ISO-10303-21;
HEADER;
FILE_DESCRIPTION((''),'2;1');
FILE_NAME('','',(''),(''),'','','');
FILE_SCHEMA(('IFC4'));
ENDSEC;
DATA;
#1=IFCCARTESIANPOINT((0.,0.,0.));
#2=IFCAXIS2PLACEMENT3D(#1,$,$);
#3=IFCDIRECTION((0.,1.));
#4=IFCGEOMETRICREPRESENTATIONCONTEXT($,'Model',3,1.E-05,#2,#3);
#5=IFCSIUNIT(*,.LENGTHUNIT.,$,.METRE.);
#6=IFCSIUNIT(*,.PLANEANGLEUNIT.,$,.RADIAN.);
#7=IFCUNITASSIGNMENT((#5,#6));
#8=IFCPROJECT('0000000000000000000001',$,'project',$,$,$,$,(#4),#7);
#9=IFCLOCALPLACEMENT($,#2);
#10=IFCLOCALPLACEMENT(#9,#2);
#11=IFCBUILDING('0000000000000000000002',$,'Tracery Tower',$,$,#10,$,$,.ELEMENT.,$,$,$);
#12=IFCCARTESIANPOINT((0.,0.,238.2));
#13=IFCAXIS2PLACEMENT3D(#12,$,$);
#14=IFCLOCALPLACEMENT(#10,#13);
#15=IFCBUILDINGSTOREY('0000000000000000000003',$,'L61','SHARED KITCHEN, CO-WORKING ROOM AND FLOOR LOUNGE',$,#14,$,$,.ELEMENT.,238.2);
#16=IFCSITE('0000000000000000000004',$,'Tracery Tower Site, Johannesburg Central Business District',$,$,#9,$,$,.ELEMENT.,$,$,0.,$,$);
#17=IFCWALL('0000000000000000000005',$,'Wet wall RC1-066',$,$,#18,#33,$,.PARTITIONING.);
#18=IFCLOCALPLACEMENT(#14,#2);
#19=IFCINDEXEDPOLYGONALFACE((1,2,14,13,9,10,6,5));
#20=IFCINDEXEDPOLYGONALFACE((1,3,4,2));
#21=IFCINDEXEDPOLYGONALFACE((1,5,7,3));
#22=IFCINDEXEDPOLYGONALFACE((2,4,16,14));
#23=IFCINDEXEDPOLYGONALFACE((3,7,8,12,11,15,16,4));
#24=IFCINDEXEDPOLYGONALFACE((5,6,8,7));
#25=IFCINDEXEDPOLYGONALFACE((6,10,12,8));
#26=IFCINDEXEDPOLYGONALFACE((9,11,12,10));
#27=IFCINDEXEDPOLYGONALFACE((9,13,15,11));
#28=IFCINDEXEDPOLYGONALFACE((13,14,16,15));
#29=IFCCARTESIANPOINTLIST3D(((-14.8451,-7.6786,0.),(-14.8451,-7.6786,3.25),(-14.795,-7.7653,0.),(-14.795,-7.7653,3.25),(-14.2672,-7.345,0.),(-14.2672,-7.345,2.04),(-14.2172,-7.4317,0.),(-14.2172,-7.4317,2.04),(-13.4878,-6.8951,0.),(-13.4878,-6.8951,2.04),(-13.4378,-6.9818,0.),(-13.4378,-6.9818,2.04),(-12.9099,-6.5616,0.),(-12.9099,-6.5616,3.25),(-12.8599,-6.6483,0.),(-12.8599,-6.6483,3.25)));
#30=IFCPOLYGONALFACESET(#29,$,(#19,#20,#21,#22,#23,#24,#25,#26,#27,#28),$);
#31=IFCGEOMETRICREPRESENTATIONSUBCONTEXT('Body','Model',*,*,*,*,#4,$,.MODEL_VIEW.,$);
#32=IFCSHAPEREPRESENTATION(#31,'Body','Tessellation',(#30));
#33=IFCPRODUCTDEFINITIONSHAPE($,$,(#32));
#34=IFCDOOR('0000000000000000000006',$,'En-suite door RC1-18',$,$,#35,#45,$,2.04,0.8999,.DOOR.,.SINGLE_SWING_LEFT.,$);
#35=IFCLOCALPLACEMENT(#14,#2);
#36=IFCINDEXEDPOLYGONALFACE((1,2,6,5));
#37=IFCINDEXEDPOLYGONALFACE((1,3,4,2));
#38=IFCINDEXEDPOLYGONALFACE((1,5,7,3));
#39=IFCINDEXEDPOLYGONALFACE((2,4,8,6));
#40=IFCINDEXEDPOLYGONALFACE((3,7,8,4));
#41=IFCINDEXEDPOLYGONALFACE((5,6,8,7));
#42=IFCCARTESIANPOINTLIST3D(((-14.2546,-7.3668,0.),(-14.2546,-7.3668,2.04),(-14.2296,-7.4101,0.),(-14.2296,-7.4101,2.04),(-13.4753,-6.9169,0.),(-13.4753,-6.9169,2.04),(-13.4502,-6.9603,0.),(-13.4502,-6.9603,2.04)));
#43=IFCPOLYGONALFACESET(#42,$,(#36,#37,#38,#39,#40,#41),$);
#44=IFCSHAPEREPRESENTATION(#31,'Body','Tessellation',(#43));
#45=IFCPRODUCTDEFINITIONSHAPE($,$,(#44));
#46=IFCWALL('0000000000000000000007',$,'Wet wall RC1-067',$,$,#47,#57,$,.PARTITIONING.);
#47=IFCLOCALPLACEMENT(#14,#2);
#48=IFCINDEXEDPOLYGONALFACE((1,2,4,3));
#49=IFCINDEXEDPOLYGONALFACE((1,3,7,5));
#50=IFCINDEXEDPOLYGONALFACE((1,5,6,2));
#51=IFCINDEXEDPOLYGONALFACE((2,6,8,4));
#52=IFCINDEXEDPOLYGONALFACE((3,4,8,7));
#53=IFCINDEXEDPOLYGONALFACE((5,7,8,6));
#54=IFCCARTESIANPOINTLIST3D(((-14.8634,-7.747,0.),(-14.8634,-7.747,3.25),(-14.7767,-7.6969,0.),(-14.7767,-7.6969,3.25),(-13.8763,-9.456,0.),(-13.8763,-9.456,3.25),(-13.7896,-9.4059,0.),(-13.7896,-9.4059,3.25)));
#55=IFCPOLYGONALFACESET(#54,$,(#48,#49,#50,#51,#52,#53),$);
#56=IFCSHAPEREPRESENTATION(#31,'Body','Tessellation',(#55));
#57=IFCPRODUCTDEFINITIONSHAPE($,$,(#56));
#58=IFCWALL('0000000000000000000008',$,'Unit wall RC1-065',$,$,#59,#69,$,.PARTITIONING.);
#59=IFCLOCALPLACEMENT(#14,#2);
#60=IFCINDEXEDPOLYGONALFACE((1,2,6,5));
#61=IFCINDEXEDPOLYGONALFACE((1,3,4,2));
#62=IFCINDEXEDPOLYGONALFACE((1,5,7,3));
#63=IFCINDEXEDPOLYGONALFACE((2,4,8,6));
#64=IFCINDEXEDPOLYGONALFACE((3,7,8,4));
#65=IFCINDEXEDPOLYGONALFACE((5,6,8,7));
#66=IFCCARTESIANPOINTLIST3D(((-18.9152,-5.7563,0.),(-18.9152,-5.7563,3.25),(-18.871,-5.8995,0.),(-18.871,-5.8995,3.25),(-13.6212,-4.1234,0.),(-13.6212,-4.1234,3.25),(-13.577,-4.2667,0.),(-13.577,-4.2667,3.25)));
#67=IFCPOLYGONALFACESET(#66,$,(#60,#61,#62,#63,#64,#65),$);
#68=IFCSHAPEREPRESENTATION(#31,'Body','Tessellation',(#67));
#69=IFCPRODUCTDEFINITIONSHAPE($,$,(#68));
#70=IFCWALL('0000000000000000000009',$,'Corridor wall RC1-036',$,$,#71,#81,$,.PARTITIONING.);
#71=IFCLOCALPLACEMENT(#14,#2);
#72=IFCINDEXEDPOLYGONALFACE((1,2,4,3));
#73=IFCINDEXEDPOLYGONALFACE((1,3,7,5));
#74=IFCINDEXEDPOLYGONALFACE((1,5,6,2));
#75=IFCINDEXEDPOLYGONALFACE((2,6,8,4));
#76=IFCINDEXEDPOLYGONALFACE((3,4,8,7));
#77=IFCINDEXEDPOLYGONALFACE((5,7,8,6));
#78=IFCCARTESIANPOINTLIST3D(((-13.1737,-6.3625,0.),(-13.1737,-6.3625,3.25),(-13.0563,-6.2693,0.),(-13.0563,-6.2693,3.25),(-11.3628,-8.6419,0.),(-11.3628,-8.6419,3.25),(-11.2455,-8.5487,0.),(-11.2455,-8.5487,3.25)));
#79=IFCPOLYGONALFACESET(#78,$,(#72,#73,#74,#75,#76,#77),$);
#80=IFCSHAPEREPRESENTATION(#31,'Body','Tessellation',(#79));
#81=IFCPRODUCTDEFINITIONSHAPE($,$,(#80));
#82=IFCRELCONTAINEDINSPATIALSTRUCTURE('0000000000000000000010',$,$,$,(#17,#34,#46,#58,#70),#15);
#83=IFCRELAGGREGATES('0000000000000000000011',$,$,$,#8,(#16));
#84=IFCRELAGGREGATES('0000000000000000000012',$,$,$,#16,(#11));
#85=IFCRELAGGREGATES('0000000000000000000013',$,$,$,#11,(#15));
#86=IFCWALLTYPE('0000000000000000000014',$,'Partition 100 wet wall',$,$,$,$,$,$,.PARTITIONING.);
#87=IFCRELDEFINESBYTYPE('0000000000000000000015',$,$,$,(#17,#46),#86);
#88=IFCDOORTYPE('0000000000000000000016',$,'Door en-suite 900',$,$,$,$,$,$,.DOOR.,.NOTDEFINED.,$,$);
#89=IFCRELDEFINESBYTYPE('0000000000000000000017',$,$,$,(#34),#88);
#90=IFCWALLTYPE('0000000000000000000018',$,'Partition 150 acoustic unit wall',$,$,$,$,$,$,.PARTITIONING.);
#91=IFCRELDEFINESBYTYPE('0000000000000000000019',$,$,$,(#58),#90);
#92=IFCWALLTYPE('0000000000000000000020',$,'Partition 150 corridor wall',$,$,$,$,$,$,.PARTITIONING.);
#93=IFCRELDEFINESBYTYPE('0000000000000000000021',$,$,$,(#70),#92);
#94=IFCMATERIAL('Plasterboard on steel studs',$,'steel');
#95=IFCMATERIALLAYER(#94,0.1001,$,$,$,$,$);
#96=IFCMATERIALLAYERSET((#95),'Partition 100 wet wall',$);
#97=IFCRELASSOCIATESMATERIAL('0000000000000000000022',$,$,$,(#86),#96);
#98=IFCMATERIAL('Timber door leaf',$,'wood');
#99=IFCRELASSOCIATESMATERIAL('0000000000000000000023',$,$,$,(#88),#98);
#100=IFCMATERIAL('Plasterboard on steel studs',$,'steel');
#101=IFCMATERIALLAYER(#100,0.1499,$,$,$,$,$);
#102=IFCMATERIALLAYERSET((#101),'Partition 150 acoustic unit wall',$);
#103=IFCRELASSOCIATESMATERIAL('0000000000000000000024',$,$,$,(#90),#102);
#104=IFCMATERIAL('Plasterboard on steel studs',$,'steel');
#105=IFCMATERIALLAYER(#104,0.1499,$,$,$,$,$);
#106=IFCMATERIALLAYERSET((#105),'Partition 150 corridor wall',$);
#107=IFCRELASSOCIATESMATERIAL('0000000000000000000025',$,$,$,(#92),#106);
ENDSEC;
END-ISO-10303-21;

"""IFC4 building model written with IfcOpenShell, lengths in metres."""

from ifc_helpers import new_model, si_unit, direction, frame, frame_2d, origin, place, context, subcontext, project, spatial, rectangle, extrude, material, layer, layer_set, type_object, element, fill, save


model = new_model("IFC4")

# Units and contexts
model_context = context("Model", 3, precision=1e-05, world=origin(), true_north=direction((0.0, 1.0)))
body_context = subcontext(model_context, "Body", "Model", "MODEL_VIEW")
ifc_project = project(units=[si_unit("LENGTHUNIT", "METRE"), si_unit("PLANEANGLEUNIT", "RADIAN")], contexts=[model_context])

# Site, building, storey
site_placement = place(None, origin())
site = spatial("IfcSite", under=ifc_project, at=site_placement, Name="Tracery Tower Site, Johannesburg Central Business District", CompositionType="ELEMENT", RefElevation=0.0)
building_placement = place(site_placement, origin())
building = spatial("IfcBuilding", under=site, at=building_placement, Name="Tracery Tower", CompositionType="ELEMENT")
storey_placement = place(building_placement, frame((0.0, 0.0, 238.2)))
storey = spatial("IfcBuildingStorey", under=building, at=storey_placement, Name="L61", Description="SHARED KITCHEN, CO-WORKING ROOM AND FLOOR LOUNGE", CompositionType="ELEMENT", Elevation=238.2)

# Wall, opening, door
ifc_material_1 = material(Name="Plasterboard on steel studs", Category="steel")
ifc_layer_1 = layer(ifc_material_1, 0.1001)
ifc_layer_set_1 = layer_set([ifc_layer_1], Name="Partition 100 wet wall")
wall_type_1 = type_object("IfcWallType", Name="Partition 100 wet wall", PredefinedType="PARTITIONING", material=ifc_layer_set_1)
ifc_material_2 = material(Name="Timber door leaf", Category="wood")
door_type = type_object("IfcDoorType", Name="Door en-suite 900", OperationType="NOTDEFINED", PredefinedType="DOOR", material=ifc_material_2)
wall_1_placement = place(storey_placement, frame((-14.8201, -7.7219, 0.0), z_axis=(0.0, 0.0, 1.0), x_axis=(0.866076, 0.499912, 0.0)))
wall_1 = element("IfcWall", 1, at=wall_1_placement, inside=storey, type_object=wall_type_1, Name="Wet wall RC1-066", PredefinedType="PARTITIONING", context=body_context, shape_type="SweptSolid", body=[
    extrude(rectangle(XDim=2.2344, YDim=0.1001, at=frame_2d((1.1172, 0.0))), origin(), (0.0, 0.0, 1.0), 3.25),
])
opening_1_placement = place(wall_1_placement, frame((0.6672, 0.0, 0.0)))
opening_1 = element("IfcOpeningElement", 2, at=opening_1_placement, cuts=wall_1, PredefinedType="OPENING", context=body_context, shape_type="SweptSolid", body=[
    extrude(rectangle(XDim=0.8999, YDim=2.04, at=frame_2d((0.45, 1.02))), frame((0.0, 0.05, 0.0), z_axis=(0.0, -1.0, 0.0), x_axis=(1.0, 0.0, 0.0)), (0.0, 0.0, 1.0), 0.1001),
])
door_1_placement = place(opening_1_placement, origin())
door_1 = element("IfcDoor", 3, at=door_1_placement, inside=storey, type_object=door_type, Name="En-suite door RC1-18", OperationType="SINGLE_SWING_LEFT", OverallHeight=2.04, OverallWidth=0.8999, PredefinedType="DOOR", context=body_context, shape_type="SweptSolid", body=[
    extrude(rectangle(XDim=0.8999, YDim=2.04, at=frame_2d((0.45, 1.02))), frame((0.0, 0.0249, 0.0), z_axis=(0.0, -1.0, 0.0), x_axis=(1.0, 0.0, 0.0)), (0.0, 0.0, 1.0), 0.05),
])
fill(opening_1, door_1)

# Walls
wall_2_placement = place(storey_placement, frame((-14.8201, -7.7219, 0.0), z_axis=(0.0, 0.0, 1.0), x_axis=(0.500144, -0.865942, 0.0)))
element("IfcWall", 4, at=wall_2_placement, inside=storey, type_object=wall_type_1, Name="Wet wall RC1-067", PredefinedType="PARTITIONING", context=body_context, shape_type="SweptSolid", body=[
    extrude(rectangle(XDim=1.9736, YDim=0.1001, at=frame_2d((0.9868, 0.0))), origin(), (0.0, 0.0, 1.0), 3.25),
])
ifc_material_3 = material(Name="Plasterboard on steel studs", Category="steel")
ifc_layer_2 = layer(ifc_material_3, 0.1499)
ifc_layer_set_2 = layer_set([ifc_layer_2], Name="Partition 150 acoustic unit wall")
wall_type_2 = type_object("IfcWallType", Name="Partition 150 acoustic unit wall", PredefinedType="PARTITIONING", material=ifc_layer_set_2)
wall_3_placement = place(storey_placement, frame((-18.8931, -5.8279, 0.0), z_axis=(0.0, 0.0, 1.0), x_axis=(0.955581, 0.29473, 0.0)))
element("IfcWall", 5, at=wall_3_placement, inside=storey, type_object=wall_type_2, Name="Unit wall RC1-065", PredefinedType="PARTITIONING", context=body_context, shape_type="SweptSolid", body=[
    extrude(rectangle(XDim=5.54, YDim=0.1499, at=frame_2d((2.77, 0.0))), origin(), (0.0, 0.0, 1.0), 3.25),
])
ifc_material_4 = material(Name="Plasterboard on steel studs", Category="steel")
ifc_layer_3 = layer(ifc_material_4, 0.1499)
ifc_layer_set_3 = layer_set([ifc_layer_3], Name="Partition 150 corridor wall")
wall_type_3 = type_object("IfcWallType", Name="Partition 150 corridor wall", PredefinedType="PARTITIONING", material=ifc_layer_set_3)
wall_4_placement = place(storey_placement, frame((-13.115, -6.3159, 0.0), z_axis=(0.0, 0.0, 1.0), x_axis=(0.622042, -0.782983, 0.0)))
element("IfcWall", 6, at=wall_4_placement, inside=storey, type_object=wall_type_3, Name="Corridor wall RC1-036", PredefinedType="PARTITIONING", context=body_context, shape_type="SweptSolid", body=[
    extrude(rectangle(XDim=2.9111, YDim=0.1499, at=frame_2d((1.4556, 0.0))), origin(), (0.0, 0.0, 1.0), 3.25),
])

save(model, "model.ifc")
